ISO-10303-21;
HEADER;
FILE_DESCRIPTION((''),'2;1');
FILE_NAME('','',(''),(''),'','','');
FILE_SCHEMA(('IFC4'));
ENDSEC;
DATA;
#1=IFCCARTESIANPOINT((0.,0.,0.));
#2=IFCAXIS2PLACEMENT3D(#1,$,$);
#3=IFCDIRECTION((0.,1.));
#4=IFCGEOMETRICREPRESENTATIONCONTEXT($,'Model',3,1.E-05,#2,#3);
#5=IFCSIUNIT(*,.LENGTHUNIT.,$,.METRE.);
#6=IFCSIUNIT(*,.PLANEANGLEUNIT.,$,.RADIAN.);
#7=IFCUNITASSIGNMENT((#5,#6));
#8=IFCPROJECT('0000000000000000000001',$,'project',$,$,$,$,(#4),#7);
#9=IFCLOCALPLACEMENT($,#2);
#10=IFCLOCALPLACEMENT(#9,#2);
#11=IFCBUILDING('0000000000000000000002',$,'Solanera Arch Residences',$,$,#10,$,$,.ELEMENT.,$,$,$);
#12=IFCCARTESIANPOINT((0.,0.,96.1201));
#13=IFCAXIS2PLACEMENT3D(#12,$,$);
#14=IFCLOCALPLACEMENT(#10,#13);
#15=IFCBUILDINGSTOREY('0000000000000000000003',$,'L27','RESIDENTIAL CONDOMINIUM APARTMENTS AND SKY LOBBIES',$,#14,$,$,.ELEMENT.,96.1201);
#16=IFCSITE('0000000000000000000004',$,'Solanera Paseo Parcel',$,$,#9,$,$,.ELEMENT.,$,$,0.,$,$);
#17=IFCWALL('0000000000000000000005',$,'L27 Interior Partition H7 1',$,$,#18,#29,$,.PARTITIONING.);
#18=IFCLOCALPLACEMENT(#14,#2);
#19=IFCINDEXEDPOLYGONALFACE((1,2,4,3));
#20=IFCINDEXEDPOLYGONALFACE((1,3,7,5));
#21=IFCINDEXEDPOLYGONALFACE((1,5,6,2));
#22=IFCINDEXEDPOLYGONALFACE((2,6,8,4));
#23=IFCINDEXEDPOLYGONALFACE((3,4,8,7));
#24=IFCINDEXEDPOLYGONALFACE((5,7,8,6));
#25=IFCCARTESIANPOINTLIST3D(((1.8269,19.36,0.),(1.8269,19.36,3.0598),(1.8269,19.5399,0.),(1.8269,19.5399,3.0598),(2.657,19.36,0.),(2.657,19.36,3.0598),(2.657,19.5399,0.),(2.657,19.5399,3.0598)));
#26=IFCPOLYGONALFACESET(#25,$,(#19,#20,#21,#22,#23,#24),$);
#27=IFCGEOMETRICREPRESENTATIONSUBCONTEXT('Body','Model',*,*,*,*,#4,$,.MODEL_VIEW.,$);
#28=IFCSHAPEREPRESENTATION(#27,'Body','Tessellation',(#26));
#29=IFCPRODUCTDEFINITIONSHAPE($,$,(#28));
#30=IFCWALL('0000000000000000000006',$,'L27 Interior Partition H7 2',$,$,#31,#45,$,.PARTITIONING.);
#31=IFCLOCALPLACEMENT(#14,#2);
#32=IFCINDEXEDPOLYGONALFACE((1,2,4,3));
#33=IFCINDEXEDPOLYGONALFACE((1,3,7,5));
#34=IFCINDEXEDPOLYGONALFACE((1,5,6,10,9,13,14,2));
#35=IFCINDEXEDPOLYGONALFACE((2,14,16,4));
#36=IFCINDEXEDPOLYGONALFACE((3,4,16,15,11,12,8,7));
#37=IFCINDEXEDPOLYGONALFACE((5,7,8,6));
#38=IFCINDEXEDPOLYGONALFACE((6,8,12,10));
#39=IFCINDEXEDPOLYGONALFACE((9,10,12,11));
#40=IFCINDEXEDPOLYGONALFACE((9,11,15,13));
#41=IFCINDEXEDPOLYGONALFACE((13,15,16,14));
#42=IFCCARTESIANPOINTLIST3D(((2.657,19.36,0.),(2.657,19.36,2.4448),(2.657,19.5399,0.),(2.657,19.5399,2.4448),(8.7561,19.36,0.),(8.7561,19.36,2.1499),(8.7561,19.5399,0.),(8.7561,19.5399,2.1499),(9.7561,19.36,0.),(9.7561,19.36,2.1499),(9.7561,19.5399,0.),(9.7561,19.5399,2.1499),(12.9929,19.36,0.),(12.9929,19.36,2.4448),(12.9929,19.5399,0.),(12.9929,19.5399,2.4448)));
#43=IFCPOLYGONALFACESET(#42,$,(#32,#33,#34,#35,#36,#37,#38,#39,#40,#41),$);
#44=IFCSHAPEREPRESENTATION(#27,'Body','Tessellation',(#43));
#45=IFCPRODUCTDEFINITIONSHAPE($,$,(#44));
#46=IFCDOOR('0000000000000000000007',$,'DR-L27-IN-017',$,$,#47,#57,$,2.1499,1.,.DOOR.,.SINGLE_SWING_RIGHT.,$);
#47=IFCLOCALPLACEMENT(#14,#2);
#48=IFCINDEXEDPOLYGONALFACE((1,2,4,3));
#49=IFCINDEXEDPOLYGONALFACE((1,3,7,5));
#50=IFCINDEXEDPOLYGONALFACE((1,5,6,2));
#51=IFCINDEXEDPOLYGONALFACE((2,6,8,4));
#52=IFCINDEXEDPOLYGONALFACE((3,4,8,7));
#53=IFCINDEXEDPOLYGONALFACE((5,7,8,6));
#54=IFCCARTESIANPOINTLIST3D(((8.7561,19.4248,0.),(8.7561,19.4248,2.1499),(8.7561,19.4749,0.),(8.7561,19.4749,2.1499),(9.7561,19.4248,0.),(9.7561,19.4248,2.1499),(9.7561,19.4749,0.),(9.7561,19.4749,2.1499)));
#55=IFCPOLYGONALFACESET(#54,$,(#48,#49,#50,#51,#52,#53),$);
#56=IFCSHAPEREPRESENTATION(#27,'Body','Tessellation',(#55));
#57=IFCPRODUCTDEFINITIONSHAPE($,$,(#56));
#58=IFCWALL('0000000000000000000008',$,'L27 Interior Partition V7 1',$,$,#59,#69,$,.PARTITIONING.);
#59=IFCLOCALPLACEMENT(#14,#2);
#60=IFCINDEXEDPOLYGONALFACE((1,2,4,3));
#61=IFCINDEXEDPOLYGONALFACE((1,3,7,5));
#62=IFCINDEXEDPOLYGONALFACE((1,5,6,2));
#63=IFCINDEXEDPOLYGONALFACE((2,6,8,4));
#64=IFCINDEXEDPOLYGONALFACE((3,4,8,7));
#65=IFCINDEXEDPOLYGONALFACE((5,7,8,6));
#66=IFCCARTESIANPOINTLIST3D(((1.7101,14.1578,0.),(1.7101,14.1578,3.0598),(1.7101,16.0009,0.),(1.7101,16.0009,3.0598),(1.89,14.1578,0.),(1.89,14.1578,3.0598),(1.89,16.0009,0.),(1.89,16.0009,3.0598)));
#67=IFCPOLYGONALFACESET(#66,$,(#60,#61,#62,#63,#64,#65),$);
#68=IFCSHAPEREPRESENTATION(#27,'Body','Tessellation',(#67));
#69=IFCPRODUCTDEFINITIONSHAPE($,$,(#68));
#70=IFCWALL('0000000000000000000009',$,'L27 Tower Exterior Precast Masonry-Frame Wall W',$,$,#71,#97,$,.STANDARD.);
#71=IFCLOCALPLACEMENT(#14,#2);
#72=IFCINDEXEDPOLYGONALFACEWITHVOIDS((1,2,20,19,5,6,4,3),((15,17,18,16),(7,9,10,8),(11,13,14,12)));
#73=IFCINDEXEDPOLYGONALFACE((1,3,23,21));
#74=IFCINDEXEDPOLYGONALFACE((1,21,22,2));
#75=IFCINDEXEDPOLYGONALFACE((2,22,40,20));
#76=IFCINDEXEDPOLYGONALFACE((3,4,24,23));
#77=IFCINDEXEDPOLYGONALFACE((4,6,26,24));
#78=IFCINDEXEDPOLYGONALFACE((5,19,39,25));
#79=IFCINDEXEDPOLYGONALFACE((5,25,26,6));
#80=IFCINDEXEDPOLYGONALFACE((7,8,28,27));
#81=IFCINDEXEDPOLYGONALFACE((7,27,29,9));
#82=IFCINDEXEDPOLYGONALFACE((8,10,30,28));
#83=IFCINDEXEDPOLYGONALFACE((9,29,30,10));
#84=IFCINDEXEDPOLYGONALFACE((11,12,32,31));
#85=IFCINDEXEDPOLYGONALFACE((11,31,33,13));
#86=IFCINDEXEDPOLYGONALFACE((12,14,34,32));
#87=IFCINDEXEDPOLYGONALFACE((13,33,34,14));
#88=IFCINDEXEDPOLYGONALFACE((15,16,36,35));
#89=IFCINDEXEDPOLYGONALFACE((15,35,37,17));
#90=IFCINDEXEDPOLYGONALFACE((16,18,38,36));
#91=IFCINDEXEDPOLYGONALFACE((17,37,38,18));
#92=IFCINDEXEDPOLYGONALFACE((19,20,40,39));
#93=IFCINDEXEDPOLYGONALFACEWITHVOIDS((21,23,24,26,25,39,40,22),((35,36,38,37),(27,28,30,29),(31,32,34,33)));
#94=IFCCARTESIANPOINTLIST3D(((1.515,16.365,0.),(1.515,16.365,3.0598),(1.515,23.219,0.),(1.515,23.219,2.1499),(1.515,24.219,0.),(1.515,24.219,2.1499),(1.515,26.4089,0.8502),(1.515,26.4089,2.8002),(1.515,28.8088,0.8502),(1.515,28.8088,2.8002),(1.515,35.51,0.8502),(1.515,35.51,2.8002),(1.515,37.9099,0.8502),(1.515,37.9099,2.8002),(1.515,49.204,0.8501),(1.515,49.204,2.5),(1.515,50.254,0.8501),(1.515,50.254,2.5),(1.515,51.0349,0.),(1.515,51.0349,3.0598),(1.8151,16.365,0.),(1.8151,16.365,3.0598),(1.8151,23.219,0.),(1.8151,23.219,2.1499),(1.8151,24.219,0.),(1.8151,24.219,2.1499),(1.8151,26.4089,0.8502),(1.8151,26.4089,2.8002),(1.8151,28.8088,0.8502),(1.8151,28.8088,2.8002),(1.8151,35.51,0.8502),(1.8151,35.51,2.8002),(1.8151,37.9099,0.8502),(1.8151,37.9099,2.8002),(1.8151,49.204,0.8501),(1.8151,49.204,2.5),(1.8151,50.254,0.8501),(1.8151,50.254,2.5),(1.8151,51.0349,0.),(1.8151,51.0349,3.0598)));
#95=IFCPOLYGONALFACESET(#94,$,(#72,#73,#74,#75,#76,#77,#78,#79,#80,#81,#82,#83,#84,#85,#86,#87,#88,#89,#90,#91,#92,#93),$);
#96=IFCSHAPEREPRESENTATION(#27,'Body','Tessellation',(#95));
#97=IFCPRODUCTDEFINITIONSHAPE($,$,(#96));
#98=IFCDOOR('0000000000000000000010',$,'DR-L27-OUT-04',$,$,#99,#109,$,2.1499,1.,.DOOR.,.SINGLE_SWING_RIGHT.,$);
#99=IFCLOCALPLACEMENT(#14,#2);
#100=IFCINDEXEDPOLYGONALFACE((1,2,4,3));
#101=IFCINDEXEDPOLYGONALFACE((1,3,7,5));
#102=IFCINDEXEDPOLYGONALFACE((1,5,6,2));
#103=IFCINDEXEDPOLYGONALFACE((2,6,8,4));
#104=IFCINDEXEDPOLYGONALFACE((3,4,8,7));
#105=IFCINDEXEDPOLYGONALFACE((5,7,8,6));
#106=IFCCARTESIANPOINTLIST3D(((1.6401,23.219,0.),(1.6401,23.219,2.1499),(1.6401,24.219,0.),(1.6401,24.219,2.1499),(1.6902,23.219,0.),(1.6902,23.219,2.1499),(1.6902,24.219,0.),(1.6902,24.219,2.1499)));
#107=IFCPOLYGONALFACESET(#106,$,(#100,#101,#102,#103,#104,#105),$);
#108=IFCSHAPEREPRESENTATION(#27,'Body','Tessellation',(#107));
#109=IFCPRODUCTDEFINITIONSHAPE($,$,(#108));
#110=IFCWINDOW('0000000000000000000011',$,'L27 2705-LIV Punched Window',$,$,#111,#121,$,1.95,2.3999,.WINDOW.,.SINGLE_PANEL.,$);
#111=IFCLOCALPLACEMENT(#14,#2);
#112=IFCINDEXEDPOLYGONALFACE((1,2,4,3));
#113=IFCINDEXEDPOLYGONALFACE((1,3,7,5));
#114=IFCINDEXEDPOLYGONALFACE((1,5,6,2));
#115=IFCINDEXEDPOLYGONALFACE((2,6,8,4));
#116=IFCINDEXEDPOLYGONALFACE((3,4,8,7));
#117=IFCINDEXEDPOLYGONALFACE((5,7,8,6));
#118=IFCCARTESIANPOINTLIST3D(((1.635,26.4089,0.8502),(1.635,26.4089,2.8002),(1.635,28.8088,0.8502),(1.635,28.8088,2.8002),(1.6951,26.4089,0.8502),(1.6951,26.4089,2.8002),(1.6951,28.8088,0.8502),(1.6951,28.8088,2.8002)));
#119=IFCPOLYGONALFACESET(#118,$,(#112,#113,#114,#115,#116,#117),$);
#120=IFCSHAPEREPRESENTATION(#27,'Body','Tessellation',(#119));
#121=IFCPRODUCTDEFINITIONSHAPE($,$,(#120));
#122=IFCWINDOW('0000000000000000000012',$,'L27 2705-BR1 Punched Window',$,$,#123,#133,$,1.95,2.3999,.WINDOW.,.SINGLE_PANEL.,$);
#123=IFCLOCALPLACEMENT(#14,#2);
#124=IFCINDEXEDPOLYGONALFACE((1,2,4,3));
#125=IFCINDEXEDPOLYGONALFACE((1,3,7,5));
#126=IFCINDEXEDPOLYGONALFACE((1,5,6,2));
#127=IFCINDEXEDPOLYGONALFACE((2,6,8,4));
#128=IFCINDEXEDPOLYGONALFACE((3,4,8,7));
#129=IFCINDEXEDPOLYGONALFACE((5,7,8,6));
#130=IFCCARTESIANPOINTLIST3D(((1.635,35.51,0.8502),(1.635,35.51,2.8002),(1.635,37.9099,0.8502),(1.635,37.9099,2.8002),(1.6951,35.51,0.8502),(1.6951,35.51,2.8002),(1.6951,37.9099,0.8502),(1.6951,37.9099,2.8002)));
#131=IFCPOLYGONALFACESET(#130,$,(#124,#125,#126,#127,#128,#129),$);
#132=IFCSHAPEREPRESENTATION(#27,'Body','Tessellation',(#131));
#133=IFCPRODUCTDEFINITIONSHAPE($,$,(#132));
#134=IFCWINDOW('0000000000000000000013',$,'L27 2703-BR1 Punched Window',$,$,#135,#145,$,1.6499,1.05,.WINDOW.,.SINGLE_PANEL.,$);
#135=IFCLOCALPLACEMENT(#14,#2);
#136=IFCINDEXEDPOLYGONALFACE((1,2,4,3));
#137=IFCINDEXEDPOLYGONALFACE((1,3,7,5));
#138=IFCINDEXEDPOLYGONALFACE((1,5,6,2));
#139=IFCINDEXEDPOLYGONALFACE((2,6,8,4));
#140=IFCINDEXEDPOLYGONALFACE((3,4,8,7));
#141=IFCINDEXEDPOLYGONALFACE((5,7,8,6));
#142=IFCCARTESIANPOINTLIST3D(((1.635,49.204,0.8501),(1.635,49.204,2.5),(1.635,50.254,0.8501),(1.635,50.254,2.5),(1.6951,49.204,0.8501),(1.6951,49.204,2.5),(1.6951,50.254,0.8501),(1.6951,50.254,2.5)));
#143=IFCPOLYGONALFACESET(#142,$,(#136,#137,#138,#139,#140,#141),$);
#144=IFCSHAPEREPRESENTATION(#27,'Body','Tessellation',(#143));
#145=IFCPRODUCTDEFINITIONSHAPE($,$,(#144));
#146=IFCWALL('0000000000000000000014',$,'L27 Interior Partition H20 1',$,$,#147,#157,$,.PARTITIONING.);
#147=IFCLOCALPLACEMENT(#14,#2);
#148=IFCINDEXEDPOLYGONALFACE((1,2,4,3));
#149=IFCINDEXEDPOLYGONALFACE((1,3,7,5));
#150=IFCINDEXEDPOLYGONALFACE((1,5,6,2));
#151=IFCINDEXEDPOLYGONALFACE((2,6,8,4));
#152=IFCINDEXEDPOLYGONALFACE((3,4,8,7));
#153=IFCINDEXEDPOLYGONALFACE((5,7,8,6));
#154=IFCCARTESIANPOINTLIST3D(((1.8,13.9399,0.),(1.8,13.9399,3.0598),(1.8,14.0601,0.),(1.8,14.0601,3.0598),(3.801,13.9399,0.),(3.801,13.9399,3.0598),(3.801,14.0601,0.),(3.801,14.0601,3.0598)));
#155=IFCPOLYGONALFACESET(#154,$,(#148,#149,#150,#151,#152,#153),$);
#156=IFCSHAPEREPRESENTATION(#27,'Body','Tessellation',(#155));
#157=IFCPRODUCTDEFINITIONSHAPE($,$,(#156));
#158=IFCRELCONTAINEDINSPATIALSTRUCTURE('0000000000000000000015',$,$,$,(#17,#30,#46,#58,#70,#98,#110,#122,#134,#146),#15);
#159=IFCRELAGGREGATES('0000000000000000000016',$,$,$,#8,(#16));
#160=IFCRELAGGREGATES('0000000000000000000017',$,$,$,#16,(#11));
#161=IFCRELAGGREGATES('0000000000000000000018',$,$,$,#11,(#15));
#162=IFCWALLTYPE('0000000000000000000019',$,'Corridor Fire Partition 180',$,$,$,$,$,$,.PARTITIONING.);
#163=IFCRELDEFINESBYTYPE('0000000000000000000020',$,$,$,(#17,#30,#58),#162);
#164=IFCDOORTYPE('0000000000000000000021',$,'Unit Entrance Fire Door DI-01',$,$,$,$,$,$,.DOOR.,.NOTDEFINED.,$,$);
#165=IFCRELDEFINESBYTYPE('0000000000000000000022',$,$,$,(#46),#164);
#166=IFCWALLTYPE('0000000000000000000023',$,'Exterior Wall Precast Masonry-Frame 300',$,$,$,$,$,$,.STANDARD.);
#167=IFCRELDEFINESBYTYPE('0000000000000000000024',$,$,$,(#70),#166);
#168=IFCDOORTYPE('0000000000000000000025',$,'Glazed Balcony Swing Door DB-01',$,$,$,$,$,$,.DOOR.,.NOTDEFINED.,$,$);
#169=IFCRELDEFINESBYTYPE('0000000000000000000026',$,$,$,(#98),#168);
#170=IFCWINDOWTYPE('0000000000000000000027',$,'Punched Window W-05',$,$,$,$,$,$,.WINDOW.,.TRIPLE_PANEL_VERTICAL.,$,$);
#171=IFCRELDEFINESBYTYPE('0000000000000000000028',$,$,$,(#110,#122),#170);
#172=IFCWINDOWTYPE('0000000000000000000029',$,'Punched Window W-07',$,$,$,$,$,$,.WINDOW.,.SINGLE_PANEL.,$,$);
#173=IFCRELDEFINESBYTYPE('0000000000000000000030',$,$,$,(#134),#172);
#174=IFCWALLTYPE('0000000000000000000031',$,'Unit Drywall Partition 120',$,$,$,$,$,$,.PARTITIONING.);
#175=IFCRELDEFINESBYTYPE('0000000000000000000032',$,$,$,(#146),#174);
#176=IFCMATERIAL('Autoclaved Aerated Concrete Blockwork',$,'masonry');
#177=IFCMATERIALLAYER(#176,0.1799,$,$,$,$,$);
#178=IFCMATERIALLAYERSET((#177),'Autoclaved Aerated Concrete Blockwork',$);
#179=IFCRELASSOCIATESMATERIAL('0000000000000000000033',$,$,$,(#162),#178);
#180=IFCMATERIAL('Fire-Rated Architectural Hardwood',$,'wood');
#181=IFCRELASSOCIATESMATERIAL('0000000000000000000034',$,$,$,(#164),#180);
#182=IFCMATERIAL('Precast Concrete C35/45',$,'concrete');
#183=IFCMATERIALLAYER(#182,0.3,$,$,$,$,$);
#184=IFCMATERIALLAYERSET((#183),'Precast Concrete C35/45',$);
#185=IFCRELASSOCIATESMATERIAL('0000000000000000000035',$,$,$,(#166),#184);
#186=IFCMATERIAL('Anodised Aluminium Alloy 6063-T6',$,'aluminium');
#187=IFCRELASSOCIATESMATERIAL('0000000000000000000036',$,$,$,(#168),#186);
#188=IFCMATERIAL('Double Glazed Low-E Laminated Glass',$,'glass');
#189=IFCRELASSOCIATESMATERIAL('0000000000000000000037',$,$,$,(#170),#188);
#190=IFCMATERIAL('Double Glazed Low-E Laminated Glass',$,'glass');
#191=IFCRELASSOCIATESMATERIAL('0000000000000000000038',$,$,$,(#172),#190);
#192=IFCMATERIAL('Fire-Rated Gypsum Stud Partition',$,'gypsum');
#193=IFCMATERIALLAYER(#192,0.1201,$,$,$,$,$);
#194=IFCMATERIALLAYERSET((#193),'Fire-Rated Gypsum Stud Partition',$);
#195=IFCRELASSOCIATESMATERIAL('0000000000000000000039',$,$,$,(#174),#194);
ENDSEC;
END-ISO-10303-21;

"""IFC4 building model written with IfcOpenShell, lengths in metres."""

from ifc_helpers import new_model, si_unit, direction, frame, frame_2d, origin, place, context, subcontext, project, spatial, rectangle, extrude, material, layer, layer_set, type_object, element, fill, save


model = new_model("IFC4")

# Units and contexts
model_context = context("Model", 3, precision=1e-05, world=origin(), true_north=direction((0.0, 1.0)))
body_context = subcontext(model_context, "Body", "Model", "MODEL_VIEW")
ifc_project = project(units=[si_unit("LENGTHUNIT", "METRE"), si_unit("PLANEANGLEUNIT", "RADIAN")], contexts=[model_context])

# Site, building, storey
site_placement = place(None, origin())
site = spatial("IfcSite", under=ifc_project, at=site_placement, Name="Solanera Paseo Parcel", CompositionType="ELEMENT", RefElevation=0.0)
building_placement = place(site_placement, origin())
building = spatial("IfcBuilding", under=site, at=building_placement, Name="Solanera Arch Residences", CompositionType="ELEMENT")
storey_placement = place(building_placement, frame((0.0, 0.0, 96.1201)))
storey = spatial("IfcBuildingStorey", under=building, at=storey_placement, Name="L27", Description="RESIDENTIAL CONDOMINIUM APARTMENTS AND SKY LOBBIES", CompositionType="ELEMENT", Elevation=96.1201)

# Wall
ifc_material_1 = material(Name="Autoclaved Aerated Concrete Blockwork", Category="masonry")
ifc_layer_1 = layer(ifc_material_1, 0.1799)
ifc_layer_set_1 = layer_set([ifc_layer_1], Name="Autoclaved Aerated Concrete Blockwork")
wall_type_1 = type_object("IfcWallType", Name="Corridor Fire Partition 180", PredefinedType="PARTITIONING", material=ifc_layer_set_1)
wall_1_placement = place(storey_placement, frame((1.8269, 19.45, 0.0), z_axis=(0.0, 0.0, 1.0), x_axis=(1.0, 0.0, 0.0)))
element("IfcWall", 1, at=wall_1_placement, inside=storey, type_object=wall_type_1, Name="L27 Interior Partition H7 1", PredefinedType="PARTITIONING", context=body_context, shape_type="SweptSolid", body=[
    extrude(rectangle(XDim=0.8301, YDim=0.1799, at=frame_2d((0.415, 0.0))), origin(), (0.0, 0.0, 1.0), 3.0598),
])

# Wall, opening, door
wall_2_placement = place(storey_placement, frame((2.657, 19.45, 0.0), z_axis=(0.0, 0.0, 1.0), x_axis=(1.0, 0.0, 0.0)))
wall_2 = element("IfcWall", 2, at=wall_2_placement, inside=storey, type_object=wall_type_1, Name="L27 Interior Partition H7 2", PredefinedType="PARTITIONING", context=body_context, shape_type="SweptSolid", body=[
    extrude(rectangle(XDim=10.3359, YDim=0.1799, at=frame_2d((5.168, 0.0))), origin(), (0.0, 0.0, 1.0), 2.4448),
])
opening_1_placement = place(wall_2_placement, frame((6.0991, 0.0, 0.0)))
opening_1 = element("IfcOpeningElement", 3, at=opening_1_placement, cuts=wall_2, PredefinedType="OPENING", context=body_context, shape_type="SweptSolid", body=[
    extrude(rectangle(XDim=1.0, YDim=2.1499, at=frame_2d((0.5, 1.075))), frame((0.0, 0.1001, 0.0), z_axis=(0.0, -1.0, 0.0), x_axis=(1.0, 0.0, 0.0)), (0.0, 0.0, 1.0), 0.1999),
])
ifc_material_2 = material(Name="Fire-Rated Architectural Hardwood", Category="wood")
door_type_1 = type_object("IfcDoorType", Name="Unit Entrance Fire Door DI-01", OperationType="NOTDEFINED", PredefinedType="DOOR", material=ifc_material_2)
door_1_placement = place(opening_1_placement, origin())
door_1 = element("IfcDoor", 4, at=door_1_placement, inside=storey, type_object=door_type_1, Name="DR-L27-IN-017", OperationType="SINGLE_SWING_RIGHT", OverallHeight=2.1499, OverallWidth=1.0, PredefinedType="DOOR", context=body_context, shape_type="SweptSolid", body=[
    extrude(rectangle(XDim=1.0, YDim=2.1499, at=frame_2d((0.5, 1.075))), frame((0.0, 0.0249, 0.0), z_axis=(0.0, -1.0, 0.0), x_axis=(1.0, 0.0, 0.0)), (0.0, 0.0, 1.0), 0.05),
])
fill(opening_1, door_1)

# Wall
wall_3_placement = place(storey_placement, frame((1.8, 14.158, 0.0), z_axis=(0.0, 0.0, 1.0), x_axis=(0.0, 1.0, 0.0)))
element("IfcWall", 5, at=wall_3_placement, inside=storey, type_object=wall_type_1, Name="L27 Interior Partition V7 1", PredefinedType="PARTITIONING", context=body_context, shape_type="SweptSolid", body=[
    extrude(rectangle(XDim=1.843, YDim=0.1799, at=frame_2d((0.9214, 0.0))), origin(), (0.0, 0.0, 1.0), 3.0598),
])

# Wall, openings, door, windows
ifc_material_3 = material(Name="Precast Concrete C35/45", Category="concrete")
ifc_layer_2 = layer(ifc_material_3, 0.3)
ifc_layer_set_2 = layer_set([ifc_layer_2], Name="Precast Concrete C35/45")
wall_type_2 = type_object("IfcWallType", Name="Exterior Wall Precast Masonry-Frame 300", PredefinedType="STANDARD", material=ifc_layer_set_2)
wall_4_placement = place(storey_placement, frame((1.665, 16.365, 0.0), z_axis=(0.0, 0.0, 1.0), x_axis=(0.0, 1.0, 0.0)))
wall_4 = element("IfcWall", 6, at=wall_4_placement, inside=storey, type_object=wall_type_2, Name="L27 Tower Exterior Precast Masonry-Frame Wall W", PredefinedType="STANDARD", context=body_context, shape_type="SweptSolid", body=[
    extrude(rectangle(XDim=34.6699, YDim=0.3, at=frame_2d((17.335, 0.0))), origin(), (0.0, 0.0, 1.0), 3.0598),
])
opening_2_placement = place(wall_4_placement, frame((6.854, 0.0, 0.0)))
opening_2 = element("IfcOpeningElement", 7, at=opening_2_placement, cuts=wall_4, PredefinedType="OPENING", context=body_context, shape_type="SweptSolid", body=[
    extrude(rectangle(XDim=1.0, YDim=2.1499, at=frame_2d((0.5, 1.075))), frame((0.0, 0.1599, 0.0), z_axis=(0.0, -1.0, 0.0), x_axis=(1.0, 0.0, 0.0)), (0.0, 0.0, 1.0), 0.32),
])
opening_3_placement = place(wall_4_placement, frame((32.8391, 0.0, 0.8501)))
opening_3 = element("IfcOpeningElement", 8, at=opening_3_placement, cuts=wall_4, PredefinedType="OPENING", context=body_context, shape_type="SweptSolid", body=[
    extrude(rectangle(XDim=1.05, YDim=1.6499, at=frame_2d((0.5249, 0.825))), frame((0.0, 0.1599, 0.0), z_axis=(0.0, -1.0, 0.0), x_axis=(1.0, 0.0, 0.0)), (0.0, 0.0, 1.0), 0.32),
])
opening_4_placement = place(wall_4_placement, frame((10.0439, 0.0, 0.8501)))
opening_4 = element("IfcOpeningElement", 9, at=opening_4_placement, cuts=wall_4, PredefinedType="OPENING", context=body_context, shape_type="SweptSolid", body=[
    extrude(rectangle(XDim=2.3999, YDim=1.95, at=frame_2d((1.2, 0.9751))), frame((0.0, 0.1599, 0.0), z_axis=(0.0, -1.0, 0.0), x_axis=(1.0, 0.0, 0.0)), (0.0, 0.0, 1.0), 0.32),
])
opening_5_placement = place(wall_4_placement, frame((19.145, 0.0, 0.8501)))
opening_5 = element("IfcOpeningElement", 10, at=opening_5_placement, cuts=wall_4, PredefinedType="OPENING", context=body_context, shape_type="SweptSolid", body=[
    extrude(rectangle(XDim=2.3999, YDim=1.95, at=frame_2d((1.2, 0.9751))), frame((0.0, 0.1599, 0.0), z_axis=(0.0, -1.0, 0.0), x_axis=(1.0, 0.0, 0.0)), (0.0, 0.0, 1.0), 0.32),
])
ifc_material_4 = material(Name="Anodised Aluminium Alloy 6063-T6", Category="aluminium")
door_type_2 = type_object("IfcDoorType", Name="Glazed Balcony Swing Door DB-01", OperationType="NOTDEFINED", PredefinedType="DOOR", material=ifc_material_4)
door_2_placement = place(opening_2_placement, origin())
door_2 = element("IfcDoor", 11, at=door_2_placement, inside=storey, type_object=door_type_2, Name="DR-L27-OUT-04", OperationType="SINGLE_SWING_RIGHT", OverallHeight=2.1499, OverallWidth=1.0, PredefinedType="DOOR", context=body_context, shape_type="SweptSolid", body=[
    extrude(rectangle(XDim=1.0, YDim=2.1499, at=frame_2d((0.5, 1.075))), frame((0.0, 0.0249, 0.0), z_axis=(0.0, -1.0, 0.0), x_axis=(1.0, 0.0, 0.0)), (0.0, 0.0, 1.0), 0.05),
])
fill(opening_2, door_2)
ifc_material_5 = material(Name="Double Glazed Low-E Laminated Glass", Category="glass")
window_type_1 = type_object("IfcWindowType", Name="Punched Window W-05", PartitioningType="TRIPLE_PANEL_VERTICAL", PredefinedType="WINDOW", material=ifc_material_5)
window_1_placement = place(opening_4_placement, origin())
window_1 = element("IfcWindow", 12, at=window_1_placement, inside=storey, type_object=window_type_1, Name="L27 2705-LIV Punched Window", OverallHeight=1.95, OverallWidth=2.3999, PartitioningType="SINGLE_PANEL", PredefinedType="WINDOW", context=body_context, shape_type="SweptSolid", body=[
    extrude(rectangle(XDim=2.3999, YDim=1.95, at=frame_2d((1.2, 0.9751))), frame((0.0, 0.03, 0.0), z_axis=(0.0, -1.0, 0.0), x_axis=(1.0, 0.0, 0.0)), (0.0, 0.0, 1.0), 0.0601),
])
fill(opening_4, window_1)
window_2_placement = place(opening_5_placement, origin())
window_2 = element("IfcWindow", 13, at=window_2_placement, inside=storey, type_object=window_type_1, Name="L27 2705-BR1 Punched Window", OverallHeight=1.95, OverallWidth=2.3999, PartitioningType="SINGLE_PANEL", PredefinedType="WINDOW", context=body_context, shape_type="SweptSolid", body=[
    extrude(rectangle(XDim=2.3999, YDim=1.95, at=frame_2d((1.2, 0.9751))), frame((0.0, 0.03, 0.0), z_axis=(0.0, -1.0, 0.0), x_axis=(1.0, 0.0, 0.0)), (0.0, 0.0, 1.0), 0.0601),
])
fill(opening_5, window_2)
ifc_material_6 = material(Name="Double Glazed Low-E Laminated Glass", Category="glass")
window_type_2 = type_object("IfcWindowType", Name="Punched Window W-07", PartitioningType="SINGLE_PANEL", PredefinedType="WINDOW", material=ifc_material_6)
window_3_placement = place(opening_3_placement, origin())
window_3 = element("IfcWindow", 14, at=window_3_placement, inside=storey, type_object=window_type_2, Name="L27 2703-BR1 Punched Window", OverallHeight=1.6499, OverallWidth=1.05, PartitioningType="SINGLE_PANEL", PredefinedType="WINDOW", context=body_context, shape_type="SweptSolid", body=[
    extrude(rectangle(XDim=1.05, YDim=1.6499, at=frame_2d((0.5249, 0.825))), frame((0.0, 0.03, 0.0), z_axis=(0.0, -1.0, 0.0), x_axis=(1.0, 0.0, 0.0)), (0.0, 0.0, 1.0), 0.0601),
])
fill(opening_3, window_3)

# Wall
ifc_material_7 = material(Name="Fire-Rated Gypsum Stud Partition", Category="gypsum")
ifc_layer_3 = layer(ifc_material_7, 0.1201)
ifc_layer_set_3 = layer_set([ifc_layer_3], Name="Fire-Rated Gypsum Stud Partition")
wall_type_3 = type_object("IfcWallType", Name="Unit Drywall Partition 120", PredefinedType="PARTITIONING", material=ifc_layer_set_3)
wall_5_placement = place(storey_placement, frame((1.8, 14.0, 0.0), z_axis=(0.0, 0.0, 1.0), x_axis=(1.0, 0.0, 0.0)))
element("IfcWall", 15, at=wall_5_placement, inside=storey, type_object=wall_type_3, Name="L27 Interior Partition H20 1", PredefinedType="PARTITIONING", context=body_context, shape_type="SweptSolid", body=[
    extrude(rectangle(XDim=2.001, YDim=0.1201, at=frame_2d((1.0005, 0.0))), origin(), (0.0, 0.0, 1.0), 3.0598),
])

save(model, "model.ifc")
